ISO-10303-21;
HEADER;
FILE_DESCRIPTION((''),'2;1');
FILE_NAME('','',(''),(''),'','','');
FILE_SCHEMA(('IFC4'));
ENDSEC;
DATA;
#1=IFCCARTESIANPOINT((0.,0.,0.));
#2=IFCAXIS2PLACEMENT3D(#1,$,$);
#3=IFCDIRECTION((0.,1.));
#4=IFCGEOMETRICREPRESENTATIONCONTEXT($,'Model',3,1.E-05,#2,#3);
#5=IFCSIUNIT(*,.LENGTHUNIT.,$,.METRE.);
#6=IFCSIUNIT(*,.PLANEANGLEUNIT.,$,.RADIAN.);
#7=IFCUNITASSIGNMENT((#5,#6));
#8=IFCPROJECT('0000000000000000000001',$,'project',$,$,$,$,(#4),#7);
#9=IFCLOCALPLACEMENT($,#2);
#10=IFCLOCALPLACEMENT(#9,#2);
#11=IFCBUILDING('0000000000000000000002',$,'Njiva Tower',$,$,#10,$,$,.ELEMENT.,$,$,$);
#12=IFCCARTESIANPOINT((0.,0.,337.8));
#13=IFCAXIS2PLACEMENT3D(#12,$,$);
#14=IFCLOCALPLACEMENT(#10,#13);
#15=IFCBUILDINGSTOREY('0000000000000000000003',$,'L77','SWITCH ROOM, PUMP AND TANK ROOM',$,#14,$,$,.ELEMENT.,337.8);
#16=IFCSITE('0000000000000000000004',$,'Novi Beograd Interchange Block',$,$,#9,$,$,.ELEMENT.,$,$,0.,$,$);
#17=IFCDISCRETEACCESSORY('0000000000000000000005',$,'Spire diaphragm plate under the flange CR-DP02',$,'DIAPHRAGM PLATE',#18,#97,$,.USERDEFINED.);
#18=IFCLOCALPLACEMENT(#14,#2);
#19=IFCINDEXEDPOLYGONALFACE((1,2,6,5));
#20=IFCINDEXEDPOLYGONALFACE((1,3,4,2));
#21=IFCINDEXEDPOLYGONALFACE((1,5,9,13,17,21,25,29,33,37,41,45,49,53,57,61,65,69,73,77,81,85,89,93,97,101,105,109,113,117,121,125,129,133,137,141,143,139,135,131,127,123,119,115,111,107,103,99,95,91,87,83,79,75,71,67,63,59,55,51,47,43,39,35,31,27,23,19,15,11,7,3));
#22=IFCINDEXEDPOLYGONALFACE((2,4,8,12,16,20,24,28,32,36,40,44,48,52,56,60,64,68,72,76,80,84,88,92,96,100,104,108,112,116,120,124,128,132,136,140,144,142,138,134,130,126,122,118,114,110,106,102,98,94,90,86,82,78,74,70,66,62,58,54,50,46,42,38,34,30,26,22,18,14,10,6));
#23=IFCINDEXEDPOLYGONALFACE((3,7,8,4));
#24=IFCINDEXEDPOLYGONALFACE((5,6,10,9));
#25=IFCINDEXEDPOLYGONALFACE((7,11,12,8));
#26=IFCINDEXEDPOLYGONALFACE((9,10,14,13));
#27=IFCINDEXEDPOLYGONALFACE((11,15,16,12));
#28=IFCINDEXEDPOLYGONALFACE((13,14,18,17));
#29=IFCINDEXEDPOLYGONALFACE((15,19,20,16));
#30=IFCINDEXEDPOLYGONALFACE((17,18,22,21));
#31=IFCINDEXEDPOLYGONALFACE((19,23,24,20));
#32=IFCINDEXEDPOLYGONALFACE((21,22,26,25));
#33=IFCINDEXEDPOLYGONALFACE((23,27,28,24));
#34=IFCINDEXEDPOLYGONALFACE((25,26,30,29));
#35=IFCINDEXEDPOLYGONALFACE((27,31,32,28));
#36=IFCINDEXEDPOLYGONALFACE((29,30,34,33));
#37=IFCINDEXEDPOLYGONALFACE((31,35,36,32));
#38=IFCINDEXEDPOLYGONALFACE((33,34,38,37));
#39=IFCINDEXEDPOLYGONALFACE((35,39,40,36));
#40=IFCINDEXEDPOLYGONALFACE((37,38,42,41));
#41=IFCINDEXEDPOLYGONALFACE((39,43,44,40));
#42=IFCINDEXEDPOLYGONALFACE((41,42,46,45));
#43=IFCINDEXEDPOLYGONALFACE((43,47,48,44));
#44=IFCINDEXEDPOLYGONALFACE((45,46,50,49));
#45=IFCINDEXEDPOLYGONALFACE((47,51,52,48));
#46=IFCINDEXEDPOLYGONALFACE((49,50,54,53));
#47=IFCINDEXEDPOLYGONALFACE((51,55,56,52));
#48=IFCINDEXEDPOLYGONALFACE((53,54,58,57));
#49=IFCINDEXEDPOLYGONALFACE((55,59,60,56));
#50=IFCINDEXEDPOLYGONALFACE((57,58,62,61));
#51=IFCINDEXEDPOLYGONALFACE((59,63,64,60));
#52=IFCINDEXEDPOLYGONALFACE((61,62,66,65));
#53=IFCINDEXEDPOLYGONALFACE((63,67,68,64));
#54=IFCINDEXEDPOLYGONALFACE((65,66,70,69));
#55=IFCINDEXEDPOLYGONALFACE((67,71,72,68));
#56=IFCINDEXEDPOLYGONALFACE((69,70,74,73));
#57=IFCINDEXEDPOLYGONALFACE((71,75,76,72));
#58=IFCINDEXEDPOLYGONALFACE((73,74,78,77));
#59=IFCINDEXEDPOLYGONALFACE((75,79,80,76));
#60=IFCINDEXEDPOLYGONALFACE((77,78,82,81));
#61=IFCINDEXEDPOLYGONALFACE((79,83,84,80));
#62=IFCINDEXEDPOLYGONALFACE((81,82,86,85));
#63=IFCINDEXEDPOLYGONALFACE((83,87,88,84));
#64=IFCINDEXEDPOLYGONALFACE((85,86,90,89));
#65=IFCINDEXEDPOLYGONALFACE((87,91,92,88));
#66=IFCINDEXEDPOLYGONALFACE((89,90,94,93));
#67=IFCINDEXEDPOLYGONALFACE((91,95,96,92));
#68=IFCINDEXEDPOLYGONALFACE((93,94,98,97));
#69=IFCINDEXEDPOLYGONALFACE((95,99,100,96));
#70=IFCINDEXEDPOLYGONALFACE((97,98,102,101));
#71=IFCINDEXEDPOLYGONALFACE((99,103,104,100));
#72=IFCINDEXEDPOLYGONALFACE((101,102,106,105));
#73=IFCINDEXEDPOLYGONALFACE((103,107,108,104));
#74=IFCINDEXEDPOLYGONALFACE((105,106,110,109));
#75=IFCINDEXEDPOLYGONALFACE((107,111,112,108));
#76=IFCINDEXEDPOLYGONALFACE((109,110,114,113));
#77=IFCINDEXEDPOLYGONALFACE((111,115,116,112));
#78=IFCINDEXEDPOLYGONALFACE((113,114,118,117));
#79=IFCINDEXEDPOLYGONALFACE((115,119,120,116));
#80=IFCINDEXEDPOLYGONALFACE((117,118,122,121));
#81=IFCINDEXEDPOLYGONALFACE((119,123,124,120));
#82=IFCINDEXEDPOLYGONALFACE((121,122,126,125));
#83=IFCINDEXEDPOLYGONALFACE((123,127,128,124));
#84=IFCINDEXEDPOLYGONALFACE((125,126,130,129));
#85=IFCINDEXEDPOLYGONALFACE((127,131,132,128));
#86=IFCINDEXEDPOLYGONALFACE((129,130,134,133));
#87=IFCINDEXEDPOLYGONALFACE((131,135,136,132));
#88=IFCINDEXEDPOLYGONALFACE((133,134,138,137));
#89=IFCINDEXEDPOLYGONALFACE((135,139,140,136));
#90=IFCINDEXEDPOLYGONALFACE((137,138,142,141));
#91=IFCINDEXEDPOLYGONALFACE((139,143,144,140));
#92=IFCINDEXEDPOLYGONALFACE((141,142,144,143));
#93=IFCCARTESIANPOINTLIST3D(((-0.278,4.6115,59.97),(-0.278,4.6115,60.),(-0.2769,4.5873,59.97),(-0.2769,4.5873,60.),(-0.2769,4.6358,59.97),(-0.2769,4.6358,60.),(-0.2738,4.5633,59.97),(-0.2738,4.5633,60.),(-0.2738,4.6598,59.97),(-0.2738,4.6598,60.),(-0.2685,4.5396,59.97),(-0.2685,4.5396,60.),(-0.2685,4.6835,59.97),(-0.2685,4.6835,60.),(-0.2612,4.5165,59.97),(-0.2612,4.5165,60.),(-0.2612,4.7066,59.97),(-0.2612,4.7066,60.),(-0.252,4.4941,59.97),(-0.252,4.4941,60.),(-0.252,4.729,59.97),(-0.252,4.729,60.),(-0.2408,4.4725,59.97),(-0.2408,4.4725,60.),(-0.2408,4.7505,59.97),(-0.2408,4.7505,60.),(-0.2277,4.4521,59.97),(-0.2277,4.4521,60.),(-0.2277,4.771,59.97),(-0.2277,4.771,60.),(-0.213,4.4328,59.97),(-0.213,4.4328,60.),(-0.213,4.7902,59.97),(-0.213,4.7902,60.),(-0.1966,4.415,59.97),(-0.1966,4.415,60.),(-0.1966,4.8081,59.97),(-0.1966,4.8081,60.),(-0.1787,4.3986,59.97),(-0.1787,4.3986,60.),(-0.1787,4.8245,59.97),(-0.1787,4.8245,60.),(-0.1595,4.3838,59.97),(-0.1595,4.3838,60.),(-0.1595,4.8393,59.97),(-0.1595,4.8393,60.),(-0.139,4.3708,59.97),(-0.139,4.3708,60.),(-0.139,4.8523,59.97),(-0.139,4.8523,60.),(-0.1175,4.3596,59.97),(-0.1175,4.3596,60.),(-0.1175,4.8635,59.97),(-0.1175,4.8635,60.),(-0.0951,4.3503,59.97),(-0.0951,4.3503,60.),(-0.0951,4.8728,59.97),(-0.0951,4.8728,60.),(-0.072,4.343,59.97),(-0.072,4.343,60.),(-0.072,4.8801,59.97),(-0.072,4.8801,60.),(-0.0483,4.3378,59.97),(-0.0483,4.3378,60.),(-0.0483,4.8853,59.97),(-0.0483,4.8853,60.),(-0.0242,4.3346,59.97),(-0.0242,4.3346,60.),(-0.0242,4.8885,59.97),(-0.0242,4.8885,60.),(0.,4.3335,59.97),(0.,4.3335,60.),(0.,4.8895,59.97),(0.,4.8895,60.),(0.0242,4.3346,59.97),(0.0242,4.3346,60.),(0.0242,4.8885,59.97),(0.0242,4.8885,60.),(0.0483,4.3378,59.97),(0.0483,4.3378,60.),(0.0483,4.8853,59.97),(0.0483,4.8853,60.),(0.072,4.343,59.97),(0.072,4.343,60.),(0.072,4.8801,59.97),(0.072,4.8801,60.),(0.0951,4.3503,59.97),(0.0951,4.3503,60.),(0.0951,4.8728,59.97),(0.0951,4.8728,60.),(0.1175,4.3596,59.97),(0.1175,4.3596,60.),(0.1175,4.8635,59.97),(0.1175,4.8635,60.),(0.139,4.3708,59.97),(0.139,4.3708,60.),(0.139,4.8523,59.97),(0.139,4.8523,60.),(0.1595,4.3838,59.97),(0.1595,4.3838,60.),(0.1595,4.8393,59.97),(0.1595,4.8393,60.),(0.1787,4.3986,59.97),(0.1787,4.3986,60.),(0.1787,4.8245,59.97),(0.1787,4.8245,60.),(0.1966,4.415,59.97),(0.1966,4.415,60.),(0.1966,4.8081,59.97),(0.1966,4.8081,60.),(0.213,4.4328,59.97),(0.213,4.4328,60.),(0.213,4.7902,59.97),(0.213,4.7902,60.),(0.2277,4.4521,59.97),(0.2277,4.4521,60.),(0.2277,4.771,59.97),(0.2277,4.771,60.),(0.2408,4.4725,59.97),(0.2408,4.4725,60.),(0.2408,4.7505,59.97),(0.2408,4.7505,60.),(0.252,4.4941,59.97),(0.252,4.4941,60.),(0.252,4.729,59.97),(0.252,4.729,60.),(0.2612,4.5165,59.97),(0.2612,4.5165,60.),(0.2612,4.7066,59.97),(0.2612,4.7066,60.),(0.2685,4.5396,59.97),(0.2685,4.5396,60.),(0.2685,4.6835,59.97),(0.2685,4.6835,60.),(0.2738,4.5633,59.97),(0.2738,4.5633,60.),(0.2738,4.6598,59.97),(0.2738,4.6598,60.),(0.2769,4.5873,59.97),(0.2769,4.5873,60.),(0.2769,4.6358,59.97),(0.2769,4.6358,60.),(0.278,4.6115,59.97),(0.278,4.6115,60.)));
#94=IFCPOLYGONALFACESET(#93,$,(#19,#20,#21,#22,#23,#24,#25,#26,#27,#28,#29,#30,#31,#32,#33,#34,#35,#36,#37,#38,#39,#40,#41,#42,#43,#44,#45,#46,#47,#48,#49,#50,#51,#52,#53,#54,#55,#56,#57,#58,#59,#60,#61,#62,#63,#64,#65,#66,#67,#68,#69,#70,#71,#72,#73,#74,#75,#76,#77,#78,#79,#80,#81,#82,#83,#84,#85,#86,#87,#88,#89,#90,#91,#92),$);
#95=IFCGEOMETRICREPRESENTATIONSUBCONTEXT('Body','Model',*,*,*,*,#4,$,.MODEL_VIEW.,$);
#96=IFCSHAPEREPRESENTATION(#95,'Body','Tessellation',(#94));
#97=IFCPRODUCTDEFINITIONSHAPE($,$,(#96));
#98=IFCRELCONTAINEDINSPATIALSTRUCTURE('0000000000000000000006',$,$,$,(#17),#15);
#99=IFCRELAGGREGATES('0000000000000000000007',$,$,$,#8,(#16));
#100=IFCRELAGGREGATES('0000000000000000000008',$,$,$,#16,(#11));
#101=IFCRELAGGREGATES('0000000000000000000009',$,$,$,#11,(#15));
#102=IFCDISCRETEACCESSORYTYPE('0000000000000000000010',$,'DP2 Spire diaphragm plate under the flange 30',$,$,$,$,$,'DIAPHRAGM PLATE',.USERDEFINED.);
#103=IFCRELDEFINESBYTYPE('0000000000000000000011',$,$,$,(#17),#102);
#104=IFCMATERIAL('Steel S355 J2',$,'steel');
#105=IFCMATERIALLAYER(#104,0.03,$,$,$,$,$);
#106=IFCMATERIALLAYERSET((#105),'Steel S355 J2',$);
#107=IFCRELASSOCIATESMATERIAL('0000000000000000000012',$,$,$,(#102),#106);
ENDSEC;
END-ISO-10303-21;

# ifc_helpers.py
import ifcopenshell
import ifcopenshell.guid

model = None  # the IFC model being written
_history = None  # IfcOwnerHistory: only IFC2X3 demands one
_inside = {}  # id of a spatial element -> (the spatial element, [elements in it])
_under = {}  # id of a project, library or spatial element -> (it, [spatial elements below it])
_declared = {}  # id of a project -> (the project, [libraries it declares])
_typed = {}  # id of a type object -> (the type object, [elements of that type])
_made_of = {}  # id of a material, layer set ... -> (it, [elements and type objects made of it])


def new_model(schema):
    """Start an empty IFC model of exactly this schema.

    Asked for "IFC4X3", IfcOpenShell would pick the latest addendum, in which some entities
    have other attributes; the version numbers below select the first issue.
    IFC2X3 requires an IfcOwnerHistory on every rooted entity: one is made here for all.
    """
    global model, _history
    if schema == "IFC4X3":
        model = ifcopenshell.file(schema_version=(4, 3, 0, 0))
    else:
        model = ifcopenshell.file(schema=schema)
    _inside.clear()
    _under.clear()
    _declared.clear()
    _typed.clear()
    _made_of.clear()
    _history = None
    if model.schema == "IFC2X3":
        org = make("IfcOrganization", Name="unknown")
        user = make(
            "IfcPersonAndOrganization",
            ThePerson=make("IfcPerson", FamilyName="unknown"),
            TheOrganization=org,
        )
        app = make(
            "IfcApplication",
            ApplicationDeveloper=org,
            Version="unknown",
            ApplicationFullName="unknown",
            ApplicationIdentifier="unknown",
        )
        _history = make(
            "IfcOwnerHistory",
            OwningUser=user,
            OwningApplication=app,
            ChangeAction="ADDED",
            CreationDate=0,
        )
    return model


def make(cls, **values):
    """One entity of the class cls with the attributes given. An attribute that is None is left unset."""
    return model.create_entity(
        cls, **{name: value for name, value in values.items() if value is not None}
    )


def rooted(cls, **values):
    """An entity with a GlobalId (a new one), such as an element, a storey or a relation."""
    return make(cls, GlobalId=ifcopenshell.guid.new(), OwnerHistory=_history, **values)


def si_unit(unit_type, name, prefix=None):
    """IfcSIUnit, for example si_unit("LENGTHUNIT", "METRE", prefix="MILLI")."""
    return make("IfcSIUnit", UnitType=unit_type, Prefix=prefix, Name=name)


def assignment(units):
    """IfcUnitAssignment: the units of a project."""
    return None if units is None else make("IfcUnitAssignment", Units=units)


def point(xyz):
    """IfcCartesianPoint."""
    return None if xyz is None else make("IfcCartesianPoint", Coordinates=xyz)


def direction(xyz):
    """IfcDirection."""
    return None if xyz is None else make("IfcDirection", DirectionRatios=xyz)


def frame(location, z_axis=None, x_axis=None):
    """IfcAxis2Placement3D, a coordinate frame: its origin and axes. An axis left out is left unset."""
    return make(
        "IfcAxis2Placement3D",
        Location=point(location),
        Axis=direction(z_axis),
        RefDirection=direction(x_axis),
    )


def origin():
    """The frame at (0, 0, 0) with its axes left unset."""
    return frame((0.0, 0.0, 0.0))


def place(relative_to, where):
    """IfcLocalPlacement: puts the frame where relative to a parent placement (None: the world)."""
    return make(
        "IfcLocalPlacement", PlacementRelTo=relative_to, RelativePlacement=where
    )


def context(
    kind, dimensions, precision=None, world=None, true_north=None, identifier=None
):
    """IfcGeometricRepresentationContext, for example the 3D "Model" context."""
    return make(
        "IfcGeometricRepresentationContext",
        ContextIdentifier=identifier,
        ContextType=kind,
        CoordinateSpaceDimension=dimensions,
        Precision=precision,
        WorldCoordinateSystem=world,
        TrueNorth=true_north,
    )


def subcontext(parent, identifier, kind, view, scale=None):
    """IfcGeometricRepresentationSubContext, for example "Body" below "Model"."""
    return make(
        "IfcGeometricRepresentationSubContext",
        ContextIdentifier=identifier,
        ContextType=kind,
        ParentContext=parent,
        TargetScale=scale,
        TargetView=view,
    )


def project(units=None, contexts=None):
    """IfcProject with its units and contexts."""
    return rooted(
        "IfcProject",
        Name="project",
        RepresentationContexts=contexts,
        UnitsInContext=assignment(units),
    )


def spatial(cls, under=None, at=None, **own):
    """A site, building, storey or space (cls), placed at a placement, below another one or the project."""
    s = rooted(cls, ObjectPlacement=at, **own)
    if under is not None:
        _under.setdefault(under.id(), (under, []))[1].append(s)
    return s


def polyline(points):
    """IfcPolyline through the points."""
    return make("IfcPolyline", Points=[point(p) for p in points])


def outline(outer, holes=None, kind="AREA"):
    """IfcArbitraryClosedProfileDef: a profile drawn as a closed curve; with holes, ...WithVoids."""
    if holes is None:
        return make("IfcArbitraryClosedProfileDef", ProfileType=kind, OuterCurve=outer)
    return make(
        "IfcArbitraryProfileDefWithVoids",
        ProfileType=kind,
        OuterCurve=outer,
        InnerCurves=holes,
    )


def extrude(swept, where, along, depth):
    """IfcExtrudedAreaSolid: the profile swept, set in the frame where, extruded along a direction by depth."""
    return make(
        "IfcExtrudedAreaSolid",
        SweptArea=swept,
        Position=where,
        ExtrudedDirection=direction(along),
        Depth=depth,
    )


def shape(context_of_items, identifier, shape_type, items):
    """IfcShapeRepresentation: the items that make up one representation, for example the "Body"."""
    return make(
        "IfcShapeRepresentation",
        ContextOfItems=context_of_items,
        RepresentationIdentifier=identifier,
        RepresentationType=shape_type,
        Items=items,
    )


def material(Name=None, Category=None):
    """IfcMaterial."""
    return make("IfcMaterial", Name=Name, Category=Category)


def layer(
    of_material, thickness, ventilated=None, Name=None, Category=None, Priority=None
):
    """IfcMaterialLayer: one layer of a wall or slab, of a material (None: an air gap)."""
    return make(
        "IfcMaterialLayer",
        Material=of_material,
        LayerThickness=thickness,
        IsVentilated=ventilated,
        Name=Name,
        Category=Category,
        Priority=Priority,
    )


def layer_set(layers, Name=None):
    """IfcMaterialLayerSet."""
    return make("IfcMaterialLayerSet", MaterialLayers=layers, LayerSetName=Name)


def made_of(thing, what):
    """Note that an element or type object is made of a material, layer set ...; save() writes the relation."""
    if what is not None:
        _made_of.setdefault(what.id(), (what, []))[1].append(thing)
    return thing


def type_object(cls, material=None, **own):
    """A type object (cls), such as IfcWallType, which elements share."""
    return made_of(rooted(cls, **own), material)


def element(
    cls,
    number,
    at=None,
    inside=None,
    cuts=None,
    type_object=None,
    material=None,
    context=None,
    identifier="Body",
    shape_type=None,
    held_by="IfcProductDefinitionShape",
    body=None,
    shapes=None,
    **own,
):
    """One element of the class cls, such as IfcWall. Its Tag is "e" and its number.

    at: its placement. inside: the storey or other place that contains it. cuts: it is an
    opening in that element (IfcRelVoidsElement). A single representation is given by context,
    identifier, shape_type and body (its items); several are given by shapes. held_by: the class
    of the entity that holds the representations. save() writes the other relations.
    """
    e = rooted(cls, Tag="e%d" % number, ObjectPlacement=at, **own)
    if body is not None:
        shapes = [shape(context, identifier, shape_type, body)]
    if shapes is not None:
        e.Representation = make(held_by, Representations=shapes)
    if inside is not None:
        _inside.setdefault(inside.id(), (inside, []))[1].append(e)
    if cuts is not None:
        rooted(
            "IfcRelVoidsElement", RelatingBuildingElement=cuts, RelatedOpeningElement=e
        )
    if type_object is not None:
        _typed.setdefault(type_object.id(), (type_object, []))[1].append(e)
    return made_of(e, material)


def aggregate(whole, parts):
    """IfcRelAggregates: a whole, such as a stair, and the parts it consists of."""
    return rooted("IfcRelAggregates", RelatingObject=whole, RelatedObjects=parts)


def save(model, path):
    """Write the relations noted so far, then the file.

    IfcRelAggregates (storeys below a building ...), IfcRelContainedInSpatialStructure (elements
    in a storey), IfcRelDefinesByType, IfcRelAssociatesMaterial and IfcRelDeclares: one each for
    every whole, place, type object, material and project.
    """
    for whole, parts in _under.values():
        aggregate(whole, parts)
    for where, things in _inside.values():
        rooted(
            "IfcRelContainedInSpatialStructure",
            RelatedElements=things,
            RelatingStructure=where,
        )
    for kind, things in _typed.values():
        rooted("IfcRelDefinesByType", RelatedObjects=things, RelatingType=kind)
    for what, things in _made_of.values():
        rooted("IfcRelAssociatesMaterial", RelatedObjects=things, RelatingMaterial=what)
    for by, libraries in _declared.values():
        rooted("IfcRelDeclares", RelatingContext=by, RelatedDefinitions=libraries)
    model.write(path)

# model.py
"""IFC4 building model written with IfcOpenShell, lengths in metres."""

from ifc_helpers import new_model, si_unit, direction, frame, origin, place, context, subcontext, project, spatial, polyline, outline, extrude, material, layer, layer_set, type_object, element, save


model = new_model("IFC4")

# Units and contexts
model_context = context("Model", 3, precision=1e-05, world=origin(), true_north=direction((0.0, 1.0)))
body_context = subcontext(model_context, "Body", "Model", "MODEL_VIEW")
ifc_project = project(units=[si_unit("LENGTHUNIT", "METRE"), si_unit("PLANEANGLEUNIT", "RADIAN")], contexts=[model_context])

# Site, building, storey
site_placement = place(None, origin())
site = spatial("IfcSite", under=ifc_project, at=site_placement, Name="Novi Beograd Interchange Block", CompositionType="ELEMENT", RefElevation=0.0)
building_placement = place(site_placement, origin())
building = spatial("IfcBuilding", under=site, at=building_placement, Name="Njiva Tower", CompositionType="ELEMENT")
storey_placement = place(building_placement, frame((0.0, 0.0, 337.8)))
storey = spatial("IfcBuildingStorey", under=building, at=storey_placement, Name="L77", Description="SWITCH ROOM, PUMP AND TANK ROOM", CompositionType="ELEMENT", Elevation=337.8)

# Discrete accessory
ifc_material_1 = material(Name="Steel S355 J2", Category="steel")
ifc_layer_1 = layer(ifc_material_1, 0.03)
ifc_layer_set_1 = layer_set([ifc_layer_1], Name="Steel S355 J2")
discrete_accessory_type_1 = type_object("IfcDiscreteAccessoryType", Name="DP2 Spire diaphragm plate under the flange 30", ElementType="DIAPHRAGM PLATE", PredefinedType="USERDEFINED", material=ifc_layer_set_1)
discrete_accessory_1_placement = place(storey_placement, frame((0.0, 4.6115, 59.97)))
element("IfcDiscreteAccessory", 1, at=discrete_accessory_1_placement, inside=storey, type_object=discrete_accessory_type_1, Name="Spire diaphragm plate under the flange CR-DP02", ObjectType="DIAPHRAGM PLATE", PredefinedType="USERDEFINED", context=body_context, shape_type="SweptSolid", body=[
    extrude(outline(polyline([(0.278, 0.0), (0.2769, 0.0243), (0.2738, 0.0483), (0.2685, 0.072), (0.2612, 0.0951), (0.252, 0.1175), (0.2408, 0.139), (0.2277, 0.1595), (0.213, 0.1787), (0.1966, 0.1966), (0.1787, 0.213), (0.1595, 0.2278), (0.139, 0.2408), (0.1175, 0.252), (0.0951, 0.2613), (0.072, 0.2686), (0.0483, 0.2738), (0.0242, 0.277), (0.0, 0.278), (-0.0242, 0.277), (-0.0483, 0.2738), (-0.072, 0.2686), (-0.0951, 0.2613), (-0.1175, 0.252), (-0.139, 0.2408), (-0.1595, 0.2278), (-0.1787, 0.213), (-0.1966, 0.1966), (-0.213, 0.1787), (-0.2277, 0.1595), (-0.2408, 0.139), (-0.252, 0.1175), (-0.2612, 0.0951), (-0.2685, 0.072), (-0.2738, 0.0483), (-0.2769, 0.0243), (-0.278, 0.0), (-0.2769, -0.0242), (-0.2738, -0.0482), (-0.2685, -0.0719), (-0.2612, -0.095), (-0.252, -0.1174), (-0.2408, -0.139), (-0.2277, -0.1594), (-0.213, -0.1787), (-0.1966, -0.1965), (-0.1787, -0.2129), (-0.1595, -0.2277), (-0.139, -0.2407), (-0.1175, -0.2519), (-0.0951, -0.2612), (-0.072, -0.2685), (-0.0483, -0.2737), (-0.0242, -0.2769), (0.0, -0.278), (0.0242, -0.2769), (0.0483, -0.2737), (0.072, -0.2685), (0.0951, -0.2612), (0.1175, -0.2519), (0.139, -0.2407), (0.1595, -0.2277), (0.1787, -0.2129), (0.1966, -0.1965), (0.213, -0.1787), (0.2277, -0.1594), (0.2408, -0.139), (0.252, -0.1174), (0.2612, -0.095), (0.2685, -0.0719), (0.2738, -0.0482), (0.2769, -0.0242), (0.278, 0.0)])), origin(), (0.0, 0.0, 1.0), 0.03),
])

save(model, "model.ifc")
